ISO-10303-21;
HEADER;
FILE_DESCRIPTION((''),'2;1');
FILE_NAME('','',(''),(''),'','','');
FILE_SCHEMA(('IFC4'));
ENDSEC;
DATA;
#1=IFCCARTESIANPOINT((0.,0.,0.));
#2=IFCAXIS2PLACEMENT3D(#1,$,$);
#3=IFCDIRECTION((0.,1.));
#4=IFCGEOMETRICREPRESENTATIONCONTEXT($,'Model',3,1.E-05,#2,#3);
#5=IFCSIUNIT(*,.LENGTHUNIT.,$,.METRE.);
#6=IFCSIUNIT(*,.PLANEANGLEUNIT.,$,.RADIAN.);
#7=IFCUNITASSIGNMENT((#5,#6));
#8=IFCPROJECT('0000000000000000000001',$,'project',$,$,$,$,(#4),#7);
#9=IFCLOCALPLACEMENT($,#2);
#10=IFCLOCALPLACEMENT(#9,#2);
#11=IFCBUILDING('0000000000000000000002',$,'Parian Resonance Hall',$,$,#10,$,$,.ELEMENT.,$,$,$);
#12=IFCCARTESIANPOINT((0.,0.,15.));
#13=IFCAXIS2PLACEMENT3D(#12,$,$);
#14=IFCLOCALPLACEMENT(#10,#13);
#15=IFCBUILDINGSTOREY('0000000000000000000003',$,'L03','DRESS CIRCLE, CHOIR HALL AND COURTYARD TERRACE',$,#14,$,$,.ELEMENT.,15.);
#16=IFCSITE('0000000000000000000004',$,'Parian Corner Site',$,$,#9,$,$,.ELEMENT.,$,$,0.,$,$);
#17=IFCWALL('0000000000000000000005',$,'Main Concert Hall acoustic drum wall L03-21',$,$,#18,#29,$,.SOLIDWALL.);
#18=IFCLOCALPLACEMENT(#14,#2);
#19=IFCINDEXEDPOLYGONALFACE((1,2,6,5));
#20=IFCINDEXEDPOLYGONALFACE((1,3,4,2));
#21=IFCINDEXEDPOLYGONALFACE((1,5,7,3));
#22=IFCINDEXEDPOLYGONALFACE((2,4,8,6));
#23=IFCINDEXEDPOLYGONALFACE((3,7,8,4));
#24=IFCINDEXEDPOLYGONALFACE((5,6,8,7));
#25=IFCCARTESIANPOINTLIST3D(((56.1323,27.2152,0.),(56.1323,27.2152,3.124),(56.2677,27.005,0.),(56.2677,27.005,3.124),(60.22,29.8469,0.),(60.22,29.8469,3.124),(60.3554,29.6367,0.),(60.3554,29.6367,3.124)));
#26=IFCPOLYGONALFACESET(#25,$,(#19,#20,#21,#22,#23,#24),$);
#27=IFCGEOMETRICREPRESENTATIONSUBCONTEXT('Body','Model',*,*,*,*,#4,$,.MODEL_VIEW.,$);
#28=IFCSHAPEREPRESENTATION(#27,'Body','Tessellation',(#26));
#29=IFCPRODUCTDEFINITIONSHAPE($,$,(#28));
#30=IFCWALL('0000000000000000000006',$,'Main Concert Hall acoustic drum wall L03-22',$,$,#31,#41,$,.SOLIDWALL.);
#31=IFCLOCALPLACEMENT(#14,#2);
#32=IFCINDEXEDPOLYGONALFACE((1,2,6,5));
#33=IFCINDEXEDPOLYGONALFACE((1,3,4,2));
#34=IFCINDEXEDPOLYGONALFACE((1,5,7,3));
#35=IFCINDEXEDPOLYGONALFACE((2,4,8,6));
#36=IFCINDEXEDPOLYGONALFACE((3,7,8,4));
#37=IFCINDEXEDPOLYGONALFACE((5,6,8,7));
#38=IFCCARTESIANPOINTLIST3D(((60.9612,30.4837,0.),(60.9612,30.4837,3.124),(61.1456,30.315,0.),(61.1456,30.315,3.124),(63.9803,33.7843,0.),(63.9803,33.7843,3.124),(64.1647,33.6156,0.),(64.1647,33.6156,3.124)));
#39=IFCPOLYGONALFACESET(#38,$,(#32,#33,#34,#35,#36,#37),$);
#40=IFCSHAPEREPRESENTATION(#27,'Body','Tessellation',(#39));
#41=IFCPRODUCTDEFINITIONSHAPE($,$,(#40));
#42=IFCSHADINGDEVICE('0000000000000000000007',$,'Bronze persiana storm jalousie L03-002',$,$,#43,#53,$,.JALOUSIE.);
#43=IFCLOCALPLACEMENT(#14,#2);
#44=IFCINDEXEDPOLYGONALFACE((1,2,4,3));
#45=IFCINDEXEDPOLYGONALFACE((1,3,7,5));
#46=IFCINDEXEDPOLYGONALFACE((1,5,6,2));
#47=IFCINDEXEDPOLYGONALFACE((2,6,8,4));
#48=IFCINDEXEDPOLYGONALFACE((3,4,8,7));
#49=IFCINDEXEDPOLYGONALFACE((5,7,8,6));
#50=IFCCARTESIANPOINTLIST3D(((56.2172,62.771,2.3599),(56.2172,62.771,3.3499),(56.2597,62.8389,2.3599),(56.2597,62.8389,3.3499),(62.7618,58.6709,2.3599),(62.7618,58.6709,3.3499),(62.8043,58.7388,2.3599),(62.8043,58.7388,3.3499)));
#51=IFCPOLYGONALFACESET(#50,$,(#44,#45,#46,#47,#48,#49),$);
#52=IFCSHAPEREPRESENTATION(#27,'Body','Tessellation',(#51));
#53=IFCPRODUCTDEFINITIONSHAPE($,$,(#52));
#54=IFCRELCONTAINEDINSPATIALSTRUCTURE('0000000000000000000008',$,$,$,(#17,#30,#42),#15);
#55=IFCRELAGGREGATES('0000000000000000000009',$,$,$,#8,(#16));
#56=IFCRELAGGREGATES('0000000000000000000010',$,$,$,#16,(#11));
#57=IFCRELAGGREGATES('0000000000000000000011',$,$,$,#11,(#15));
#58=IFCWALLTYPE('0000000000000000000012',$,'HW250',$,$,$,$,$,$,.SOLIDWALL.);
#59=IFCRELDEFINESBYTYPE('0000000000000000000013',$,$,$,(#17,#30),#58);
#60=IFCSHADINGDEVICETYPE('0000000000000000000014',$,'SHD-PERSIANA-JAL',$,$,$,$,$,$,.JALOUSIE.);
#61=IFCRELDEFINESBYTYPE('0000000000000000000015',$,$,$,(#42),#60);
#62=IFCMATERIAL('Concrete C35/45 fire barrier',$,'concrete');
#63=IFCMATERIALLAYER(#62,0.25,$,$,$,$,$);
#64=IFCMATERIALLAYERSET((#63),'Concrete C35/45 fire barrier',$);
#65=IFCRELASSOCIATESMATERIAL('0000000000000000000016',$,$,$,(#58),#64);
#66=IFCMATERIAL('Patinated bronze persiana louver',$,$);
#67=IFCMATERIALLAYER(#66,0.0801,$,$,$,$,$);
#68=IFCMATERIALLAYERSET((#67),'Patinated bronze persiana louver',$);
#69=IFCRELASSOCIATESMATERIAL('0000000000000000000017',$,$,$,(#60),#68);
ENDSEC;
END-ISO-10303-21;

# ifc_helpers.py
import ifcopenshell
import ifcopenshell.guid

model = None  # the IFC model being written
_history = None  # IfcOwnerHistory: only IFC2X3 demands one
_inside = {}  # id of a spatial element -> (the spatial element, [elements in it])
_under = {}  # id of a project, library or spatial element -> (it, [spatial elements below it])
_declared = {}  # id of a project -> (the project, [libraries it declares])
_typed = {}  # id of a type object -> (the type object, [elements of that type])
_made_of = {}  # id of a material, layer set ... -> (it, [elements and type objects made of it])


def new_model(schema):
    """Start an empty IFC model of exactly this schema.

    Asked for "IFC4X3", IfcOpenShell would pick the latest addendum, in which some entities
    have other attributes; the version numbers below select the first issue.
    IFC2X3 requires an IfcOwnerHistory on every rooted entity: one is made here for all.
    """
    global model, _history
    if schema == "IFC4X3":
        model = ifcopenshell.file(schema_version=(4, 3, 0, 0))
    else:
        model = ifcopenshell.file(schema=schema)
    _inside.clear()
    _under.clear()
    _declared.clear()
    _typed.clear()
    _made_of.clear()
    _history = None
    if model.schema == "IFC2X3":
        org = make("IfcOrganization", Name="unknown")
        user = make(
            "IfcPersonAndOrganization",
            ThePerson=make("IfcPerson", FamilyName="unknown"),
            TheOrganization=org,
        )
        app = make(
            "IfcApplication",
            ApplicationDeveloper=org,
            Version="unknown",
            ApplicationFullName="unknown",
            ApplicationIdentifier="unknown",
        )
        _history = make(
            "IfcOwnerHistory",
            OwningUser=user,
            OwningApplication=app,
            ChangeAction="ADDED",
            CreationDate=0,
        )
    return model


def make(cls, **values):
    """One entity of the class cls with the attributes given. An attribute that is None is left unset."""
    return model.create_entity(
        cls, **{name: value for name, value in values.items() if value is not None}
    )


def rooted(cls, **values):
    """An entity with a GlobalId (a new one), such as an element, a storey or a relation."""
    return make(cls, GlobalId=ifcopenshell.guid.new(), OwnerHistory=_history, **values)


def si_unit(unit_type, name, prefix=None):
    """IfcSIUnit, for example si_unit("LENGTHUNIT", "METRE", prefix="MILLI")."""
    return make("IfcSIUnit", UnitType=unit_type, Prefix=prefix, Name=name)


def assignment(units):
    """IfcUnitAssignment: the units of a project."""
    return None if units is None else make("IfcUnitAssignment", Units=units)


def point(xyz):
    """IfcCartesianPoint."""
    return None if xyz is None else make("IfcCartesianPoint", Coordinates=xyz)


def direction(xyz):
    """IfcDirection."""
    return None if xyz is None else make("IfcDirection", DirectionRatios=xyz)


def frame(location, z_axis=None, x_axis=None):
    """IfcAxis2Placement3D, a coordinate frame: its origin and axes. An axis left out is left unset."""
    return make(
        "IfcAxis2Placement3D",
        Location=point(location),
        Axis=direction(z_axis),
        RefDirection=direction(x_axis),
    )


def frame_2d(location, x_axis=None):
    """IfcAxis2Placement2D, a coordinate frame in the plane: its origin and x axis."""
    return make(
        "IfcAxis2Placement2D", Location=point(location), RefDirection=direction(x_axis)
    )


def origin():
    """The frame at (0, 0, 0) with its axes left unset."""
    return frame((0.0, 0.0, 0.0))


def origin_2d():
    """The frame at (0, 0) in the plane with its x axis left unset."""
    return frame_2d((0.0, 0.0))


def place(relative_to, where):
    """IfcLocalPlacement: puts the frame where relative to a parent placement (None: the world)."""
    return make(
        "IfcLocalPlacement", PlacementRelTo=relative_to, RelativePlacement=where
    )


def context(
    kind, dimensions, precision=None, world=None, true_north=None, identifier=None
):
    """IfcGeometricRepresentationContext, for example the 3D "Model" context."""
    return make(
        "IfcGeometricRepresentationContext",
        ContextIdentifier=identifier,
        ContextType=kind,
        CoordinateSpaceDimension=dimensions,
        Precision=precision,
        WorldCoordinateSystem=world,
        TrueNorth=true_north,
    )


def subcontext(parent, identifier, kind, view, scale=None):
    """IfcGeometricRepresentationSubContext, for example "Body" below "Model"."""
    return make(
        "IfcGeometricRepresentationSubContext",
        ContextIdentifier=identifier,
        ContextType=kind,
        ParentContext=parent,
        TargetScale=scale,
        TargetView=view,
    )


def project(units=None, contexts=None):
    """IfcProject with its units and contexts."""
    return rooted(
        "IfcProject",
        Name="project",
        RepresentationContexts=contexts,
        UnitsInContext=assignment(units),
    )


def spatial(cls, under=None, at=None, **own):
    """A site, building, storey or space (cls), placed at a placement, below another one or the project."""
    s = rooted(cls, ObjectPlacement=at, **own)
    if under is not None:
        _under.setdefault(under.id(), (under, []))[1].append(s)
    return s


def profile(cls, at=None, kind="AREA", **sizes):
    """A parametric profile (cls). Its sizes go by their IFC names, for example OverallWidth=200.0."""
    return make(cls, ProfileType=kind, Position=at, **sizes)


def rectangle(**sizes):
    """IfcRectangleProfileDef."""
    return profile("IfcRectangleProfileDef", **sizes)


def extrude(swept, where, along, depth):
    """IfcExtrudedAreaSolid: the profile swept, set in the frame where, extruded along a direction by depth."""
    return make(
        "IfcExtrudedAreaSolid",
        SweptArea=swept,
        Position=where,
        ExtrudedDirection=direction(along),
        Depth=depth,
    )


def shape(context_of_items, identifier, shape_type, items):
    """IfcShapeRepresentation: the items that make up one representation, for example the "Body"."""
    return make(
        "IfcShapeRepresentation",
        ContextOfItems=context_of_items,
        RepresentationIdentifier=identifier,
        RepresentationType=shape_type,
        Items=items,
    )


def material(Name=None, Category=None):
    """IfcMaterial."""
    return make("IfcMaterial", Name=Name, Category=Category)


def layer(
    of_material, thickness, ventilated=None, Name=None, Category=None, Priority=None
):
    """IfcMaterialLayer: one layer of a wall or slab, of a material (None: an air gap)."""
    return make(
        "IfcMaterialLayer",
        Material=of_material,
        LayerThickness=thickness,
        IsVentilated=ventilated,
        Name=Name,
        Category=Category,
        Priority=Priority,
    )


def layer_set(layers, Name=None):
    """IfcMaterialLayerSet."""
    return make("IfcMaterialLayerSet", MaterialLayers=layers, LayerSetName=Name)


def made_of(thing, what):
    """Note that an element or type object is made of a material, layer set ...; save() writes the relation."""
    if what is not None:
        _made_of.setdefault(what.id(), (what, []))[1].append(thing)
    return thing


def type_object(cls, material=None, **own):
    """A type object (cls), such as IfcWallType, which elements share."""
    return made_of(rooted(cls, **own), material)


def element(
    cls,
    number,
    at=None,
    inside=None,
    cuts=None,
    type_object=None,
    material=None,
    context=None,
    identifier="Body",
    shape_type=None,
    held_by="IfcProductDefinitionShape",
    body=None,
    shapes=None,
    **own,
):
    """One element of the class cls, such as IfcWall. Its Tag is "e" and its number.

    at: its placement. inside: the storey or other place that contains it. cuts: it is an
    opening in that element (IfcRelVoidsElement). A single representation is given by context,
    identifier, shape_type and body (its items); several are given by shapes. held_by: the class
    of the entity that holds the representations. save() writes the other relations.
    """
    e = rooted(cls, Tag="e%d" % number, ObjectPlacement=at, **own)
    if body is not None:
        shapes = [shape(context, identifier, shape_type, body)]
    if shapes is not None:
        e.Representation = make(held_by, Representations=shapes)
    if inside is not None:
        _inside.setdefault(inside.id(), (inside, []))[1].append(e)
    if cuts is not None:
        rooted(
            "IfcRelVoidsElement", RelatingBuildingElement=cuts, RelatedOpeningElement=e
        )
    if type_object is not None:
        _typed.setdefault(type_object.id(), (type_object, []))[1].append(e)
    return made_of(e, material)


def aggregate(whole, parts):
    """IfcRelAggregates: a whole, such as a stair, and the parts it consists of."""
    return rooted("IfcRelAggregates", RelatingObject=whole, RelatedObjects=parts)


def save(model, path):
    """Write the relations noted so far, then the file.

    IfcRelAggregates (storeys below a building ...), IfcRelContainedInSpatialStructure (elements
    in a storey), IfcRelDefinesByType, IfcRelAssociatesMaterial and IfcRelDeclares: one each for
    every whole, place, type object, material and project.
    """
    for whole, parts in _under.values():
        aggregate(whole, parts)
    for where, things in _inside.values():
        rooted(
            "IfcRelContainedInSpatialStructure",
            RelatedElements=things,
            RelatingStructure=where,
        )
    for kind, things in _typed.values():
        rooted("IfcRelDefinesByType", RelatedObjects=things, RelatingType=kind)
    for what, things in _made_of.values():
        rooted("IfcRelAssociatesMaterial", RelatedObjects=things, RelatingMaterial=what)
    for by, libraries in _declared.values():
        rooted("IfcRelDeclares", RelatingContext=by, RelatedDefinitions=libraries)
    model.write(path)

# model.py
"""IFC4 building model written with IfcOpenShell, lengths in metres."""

from ifc_helpers import new_model, si_unit, direction, frame, frame_2d, origin, origin_2d, place, context, subcontext, project, spatial, rectangle, extrude, material, layer, layer_set, type_object, element, save


model = new_model("IFC4")

# Units and contexts
model_context = context("Model", 3, precision=1e-05, world=origin(), true_north=direction((0.0, 1.0)))
body_context = subcontext(model_context, "Body", "Model", "MODEL_VIEW")
ifc_project = project(units=[si_unit("LENGTHUNIT", "METRE"), si_unit("PLANEANGLEUNIT", "RADIAN")], contexts=[model_context])

# Site, building, storey
site_placement = place(None, origin())
site = spatial("IfcSite", under=ifc_project, at=site_placement, Name="Parian Corner Site", CompositionType="ELEMENT", RefElevation=0.0)
building_placement = place(site_placement, origin())
building = spatial("IfcBuilding", under=site, at=building_placement, Name="Parian Resonance Hall", CompositionType="ELEMENT")
storey_placement = place(building_placement, frame((0.0, 0.0, 15.0)))
storey = spatial("IfcBuildingStorey", under=building, at=storey_placement, Name="L03", Description="DRESS CIRCLE, CHOIR HALL AND COURTYARD TERRACE", CompositionType="ELEMENT", Elevation=15.0)

# Walls
ifc_material_1 = material(Name="Concrete C35/45 fire barrier", Category="concrete")
ifc_layer_1 = layer(ifc_material_1, 0.25)
ifc_layer_set_1 = layer_set([ifc_layer_1], Name="Concrete C35/45 fire barrier")
wall_type_1 = type_object("IfcWallType", Name="HW250", PredefinedType="SOLIDWALL", material=ifc_layer_set_1)
wall_1_placement = place(storey_placement, frame((60.2876, 29.7417, 0.0), z_axis=(0.0, 0.0, 1.0), x_axis=(-0.840821, -0.541313, 0.0)))
element("IfcWall", 1, at=wall_1_placement, inside=storey, type_object=wall_type_1, Name="Main Concert Hall acoustic drum wall L03-21", PredefinedType="SOLIDWALL", context=body_context, shape_type="SweptSolid", body=[
    extrude(rectangle(XDim=4.8616, YDim=0.25, at=frame_2d((2.4307, 0.0))), origin(), (0.0, 0.0, 1.0), 3.124),
])
wall_2_placement = place(storey_placement, frame((64.0725, 33.7, 0.0), z_axis=(0.0, 0.0, 1.0), x_axis=(-0.674941, -0.737872, 0.0)))
element("IfcWall", 2, at=wall_2_placement, inside=storey, type_object=wall_type_1, Name="Main Concert Hall acoustic drum wall L03-22", PredefinedType="SOLIDWALL", context=body_context, shape_type="SweptSolid", body=[
    extrude(rectangle(XDim=4.4731, YDim=0.25, at=frame_2d((2.2366, 0.0))), origin(), (0.0, 0.0, 1.0), 3.124),
])

# Shading device
ifc_material_2 = material(Name="Patinated bronze persiana louver")
ifc_layer_2 = layer(ifc_material_2, 0.0801)
ifc_layer_set_2 = layer_set([ifc_layer_2], Name="Patinated bronze persiana louver")
shading_device_type = type_object("IfcShadingDeviceType", Name="SHD-PERSIANA-JAL", PredefinedType="JALOUSIE", material=ifc_layer_set_2)
shading_device_placement = place(storey_placement, frame((59.5107, 60.7549, 2.3599), z_axis=(0.0, 0.0, 1.0), x_axis=(0.847432, -0.530905, 0.0)))
element("IfcShadingDevice", 3, at=shading_device_placement, inside=storey, type_object=shading_device_type, Name="Bronze persiana storm jalousie L03-002", PredefinedType="JALOUSIE", context=body_context, shape_type="SweptSolid", body=[
    extrude(rectangle(XDim=7.7229, YDim=0.0801, at=origin_2d()), origin(), (0.0, 0.0, 1.0), 0.99),
])

save(model, "model.ifc")
